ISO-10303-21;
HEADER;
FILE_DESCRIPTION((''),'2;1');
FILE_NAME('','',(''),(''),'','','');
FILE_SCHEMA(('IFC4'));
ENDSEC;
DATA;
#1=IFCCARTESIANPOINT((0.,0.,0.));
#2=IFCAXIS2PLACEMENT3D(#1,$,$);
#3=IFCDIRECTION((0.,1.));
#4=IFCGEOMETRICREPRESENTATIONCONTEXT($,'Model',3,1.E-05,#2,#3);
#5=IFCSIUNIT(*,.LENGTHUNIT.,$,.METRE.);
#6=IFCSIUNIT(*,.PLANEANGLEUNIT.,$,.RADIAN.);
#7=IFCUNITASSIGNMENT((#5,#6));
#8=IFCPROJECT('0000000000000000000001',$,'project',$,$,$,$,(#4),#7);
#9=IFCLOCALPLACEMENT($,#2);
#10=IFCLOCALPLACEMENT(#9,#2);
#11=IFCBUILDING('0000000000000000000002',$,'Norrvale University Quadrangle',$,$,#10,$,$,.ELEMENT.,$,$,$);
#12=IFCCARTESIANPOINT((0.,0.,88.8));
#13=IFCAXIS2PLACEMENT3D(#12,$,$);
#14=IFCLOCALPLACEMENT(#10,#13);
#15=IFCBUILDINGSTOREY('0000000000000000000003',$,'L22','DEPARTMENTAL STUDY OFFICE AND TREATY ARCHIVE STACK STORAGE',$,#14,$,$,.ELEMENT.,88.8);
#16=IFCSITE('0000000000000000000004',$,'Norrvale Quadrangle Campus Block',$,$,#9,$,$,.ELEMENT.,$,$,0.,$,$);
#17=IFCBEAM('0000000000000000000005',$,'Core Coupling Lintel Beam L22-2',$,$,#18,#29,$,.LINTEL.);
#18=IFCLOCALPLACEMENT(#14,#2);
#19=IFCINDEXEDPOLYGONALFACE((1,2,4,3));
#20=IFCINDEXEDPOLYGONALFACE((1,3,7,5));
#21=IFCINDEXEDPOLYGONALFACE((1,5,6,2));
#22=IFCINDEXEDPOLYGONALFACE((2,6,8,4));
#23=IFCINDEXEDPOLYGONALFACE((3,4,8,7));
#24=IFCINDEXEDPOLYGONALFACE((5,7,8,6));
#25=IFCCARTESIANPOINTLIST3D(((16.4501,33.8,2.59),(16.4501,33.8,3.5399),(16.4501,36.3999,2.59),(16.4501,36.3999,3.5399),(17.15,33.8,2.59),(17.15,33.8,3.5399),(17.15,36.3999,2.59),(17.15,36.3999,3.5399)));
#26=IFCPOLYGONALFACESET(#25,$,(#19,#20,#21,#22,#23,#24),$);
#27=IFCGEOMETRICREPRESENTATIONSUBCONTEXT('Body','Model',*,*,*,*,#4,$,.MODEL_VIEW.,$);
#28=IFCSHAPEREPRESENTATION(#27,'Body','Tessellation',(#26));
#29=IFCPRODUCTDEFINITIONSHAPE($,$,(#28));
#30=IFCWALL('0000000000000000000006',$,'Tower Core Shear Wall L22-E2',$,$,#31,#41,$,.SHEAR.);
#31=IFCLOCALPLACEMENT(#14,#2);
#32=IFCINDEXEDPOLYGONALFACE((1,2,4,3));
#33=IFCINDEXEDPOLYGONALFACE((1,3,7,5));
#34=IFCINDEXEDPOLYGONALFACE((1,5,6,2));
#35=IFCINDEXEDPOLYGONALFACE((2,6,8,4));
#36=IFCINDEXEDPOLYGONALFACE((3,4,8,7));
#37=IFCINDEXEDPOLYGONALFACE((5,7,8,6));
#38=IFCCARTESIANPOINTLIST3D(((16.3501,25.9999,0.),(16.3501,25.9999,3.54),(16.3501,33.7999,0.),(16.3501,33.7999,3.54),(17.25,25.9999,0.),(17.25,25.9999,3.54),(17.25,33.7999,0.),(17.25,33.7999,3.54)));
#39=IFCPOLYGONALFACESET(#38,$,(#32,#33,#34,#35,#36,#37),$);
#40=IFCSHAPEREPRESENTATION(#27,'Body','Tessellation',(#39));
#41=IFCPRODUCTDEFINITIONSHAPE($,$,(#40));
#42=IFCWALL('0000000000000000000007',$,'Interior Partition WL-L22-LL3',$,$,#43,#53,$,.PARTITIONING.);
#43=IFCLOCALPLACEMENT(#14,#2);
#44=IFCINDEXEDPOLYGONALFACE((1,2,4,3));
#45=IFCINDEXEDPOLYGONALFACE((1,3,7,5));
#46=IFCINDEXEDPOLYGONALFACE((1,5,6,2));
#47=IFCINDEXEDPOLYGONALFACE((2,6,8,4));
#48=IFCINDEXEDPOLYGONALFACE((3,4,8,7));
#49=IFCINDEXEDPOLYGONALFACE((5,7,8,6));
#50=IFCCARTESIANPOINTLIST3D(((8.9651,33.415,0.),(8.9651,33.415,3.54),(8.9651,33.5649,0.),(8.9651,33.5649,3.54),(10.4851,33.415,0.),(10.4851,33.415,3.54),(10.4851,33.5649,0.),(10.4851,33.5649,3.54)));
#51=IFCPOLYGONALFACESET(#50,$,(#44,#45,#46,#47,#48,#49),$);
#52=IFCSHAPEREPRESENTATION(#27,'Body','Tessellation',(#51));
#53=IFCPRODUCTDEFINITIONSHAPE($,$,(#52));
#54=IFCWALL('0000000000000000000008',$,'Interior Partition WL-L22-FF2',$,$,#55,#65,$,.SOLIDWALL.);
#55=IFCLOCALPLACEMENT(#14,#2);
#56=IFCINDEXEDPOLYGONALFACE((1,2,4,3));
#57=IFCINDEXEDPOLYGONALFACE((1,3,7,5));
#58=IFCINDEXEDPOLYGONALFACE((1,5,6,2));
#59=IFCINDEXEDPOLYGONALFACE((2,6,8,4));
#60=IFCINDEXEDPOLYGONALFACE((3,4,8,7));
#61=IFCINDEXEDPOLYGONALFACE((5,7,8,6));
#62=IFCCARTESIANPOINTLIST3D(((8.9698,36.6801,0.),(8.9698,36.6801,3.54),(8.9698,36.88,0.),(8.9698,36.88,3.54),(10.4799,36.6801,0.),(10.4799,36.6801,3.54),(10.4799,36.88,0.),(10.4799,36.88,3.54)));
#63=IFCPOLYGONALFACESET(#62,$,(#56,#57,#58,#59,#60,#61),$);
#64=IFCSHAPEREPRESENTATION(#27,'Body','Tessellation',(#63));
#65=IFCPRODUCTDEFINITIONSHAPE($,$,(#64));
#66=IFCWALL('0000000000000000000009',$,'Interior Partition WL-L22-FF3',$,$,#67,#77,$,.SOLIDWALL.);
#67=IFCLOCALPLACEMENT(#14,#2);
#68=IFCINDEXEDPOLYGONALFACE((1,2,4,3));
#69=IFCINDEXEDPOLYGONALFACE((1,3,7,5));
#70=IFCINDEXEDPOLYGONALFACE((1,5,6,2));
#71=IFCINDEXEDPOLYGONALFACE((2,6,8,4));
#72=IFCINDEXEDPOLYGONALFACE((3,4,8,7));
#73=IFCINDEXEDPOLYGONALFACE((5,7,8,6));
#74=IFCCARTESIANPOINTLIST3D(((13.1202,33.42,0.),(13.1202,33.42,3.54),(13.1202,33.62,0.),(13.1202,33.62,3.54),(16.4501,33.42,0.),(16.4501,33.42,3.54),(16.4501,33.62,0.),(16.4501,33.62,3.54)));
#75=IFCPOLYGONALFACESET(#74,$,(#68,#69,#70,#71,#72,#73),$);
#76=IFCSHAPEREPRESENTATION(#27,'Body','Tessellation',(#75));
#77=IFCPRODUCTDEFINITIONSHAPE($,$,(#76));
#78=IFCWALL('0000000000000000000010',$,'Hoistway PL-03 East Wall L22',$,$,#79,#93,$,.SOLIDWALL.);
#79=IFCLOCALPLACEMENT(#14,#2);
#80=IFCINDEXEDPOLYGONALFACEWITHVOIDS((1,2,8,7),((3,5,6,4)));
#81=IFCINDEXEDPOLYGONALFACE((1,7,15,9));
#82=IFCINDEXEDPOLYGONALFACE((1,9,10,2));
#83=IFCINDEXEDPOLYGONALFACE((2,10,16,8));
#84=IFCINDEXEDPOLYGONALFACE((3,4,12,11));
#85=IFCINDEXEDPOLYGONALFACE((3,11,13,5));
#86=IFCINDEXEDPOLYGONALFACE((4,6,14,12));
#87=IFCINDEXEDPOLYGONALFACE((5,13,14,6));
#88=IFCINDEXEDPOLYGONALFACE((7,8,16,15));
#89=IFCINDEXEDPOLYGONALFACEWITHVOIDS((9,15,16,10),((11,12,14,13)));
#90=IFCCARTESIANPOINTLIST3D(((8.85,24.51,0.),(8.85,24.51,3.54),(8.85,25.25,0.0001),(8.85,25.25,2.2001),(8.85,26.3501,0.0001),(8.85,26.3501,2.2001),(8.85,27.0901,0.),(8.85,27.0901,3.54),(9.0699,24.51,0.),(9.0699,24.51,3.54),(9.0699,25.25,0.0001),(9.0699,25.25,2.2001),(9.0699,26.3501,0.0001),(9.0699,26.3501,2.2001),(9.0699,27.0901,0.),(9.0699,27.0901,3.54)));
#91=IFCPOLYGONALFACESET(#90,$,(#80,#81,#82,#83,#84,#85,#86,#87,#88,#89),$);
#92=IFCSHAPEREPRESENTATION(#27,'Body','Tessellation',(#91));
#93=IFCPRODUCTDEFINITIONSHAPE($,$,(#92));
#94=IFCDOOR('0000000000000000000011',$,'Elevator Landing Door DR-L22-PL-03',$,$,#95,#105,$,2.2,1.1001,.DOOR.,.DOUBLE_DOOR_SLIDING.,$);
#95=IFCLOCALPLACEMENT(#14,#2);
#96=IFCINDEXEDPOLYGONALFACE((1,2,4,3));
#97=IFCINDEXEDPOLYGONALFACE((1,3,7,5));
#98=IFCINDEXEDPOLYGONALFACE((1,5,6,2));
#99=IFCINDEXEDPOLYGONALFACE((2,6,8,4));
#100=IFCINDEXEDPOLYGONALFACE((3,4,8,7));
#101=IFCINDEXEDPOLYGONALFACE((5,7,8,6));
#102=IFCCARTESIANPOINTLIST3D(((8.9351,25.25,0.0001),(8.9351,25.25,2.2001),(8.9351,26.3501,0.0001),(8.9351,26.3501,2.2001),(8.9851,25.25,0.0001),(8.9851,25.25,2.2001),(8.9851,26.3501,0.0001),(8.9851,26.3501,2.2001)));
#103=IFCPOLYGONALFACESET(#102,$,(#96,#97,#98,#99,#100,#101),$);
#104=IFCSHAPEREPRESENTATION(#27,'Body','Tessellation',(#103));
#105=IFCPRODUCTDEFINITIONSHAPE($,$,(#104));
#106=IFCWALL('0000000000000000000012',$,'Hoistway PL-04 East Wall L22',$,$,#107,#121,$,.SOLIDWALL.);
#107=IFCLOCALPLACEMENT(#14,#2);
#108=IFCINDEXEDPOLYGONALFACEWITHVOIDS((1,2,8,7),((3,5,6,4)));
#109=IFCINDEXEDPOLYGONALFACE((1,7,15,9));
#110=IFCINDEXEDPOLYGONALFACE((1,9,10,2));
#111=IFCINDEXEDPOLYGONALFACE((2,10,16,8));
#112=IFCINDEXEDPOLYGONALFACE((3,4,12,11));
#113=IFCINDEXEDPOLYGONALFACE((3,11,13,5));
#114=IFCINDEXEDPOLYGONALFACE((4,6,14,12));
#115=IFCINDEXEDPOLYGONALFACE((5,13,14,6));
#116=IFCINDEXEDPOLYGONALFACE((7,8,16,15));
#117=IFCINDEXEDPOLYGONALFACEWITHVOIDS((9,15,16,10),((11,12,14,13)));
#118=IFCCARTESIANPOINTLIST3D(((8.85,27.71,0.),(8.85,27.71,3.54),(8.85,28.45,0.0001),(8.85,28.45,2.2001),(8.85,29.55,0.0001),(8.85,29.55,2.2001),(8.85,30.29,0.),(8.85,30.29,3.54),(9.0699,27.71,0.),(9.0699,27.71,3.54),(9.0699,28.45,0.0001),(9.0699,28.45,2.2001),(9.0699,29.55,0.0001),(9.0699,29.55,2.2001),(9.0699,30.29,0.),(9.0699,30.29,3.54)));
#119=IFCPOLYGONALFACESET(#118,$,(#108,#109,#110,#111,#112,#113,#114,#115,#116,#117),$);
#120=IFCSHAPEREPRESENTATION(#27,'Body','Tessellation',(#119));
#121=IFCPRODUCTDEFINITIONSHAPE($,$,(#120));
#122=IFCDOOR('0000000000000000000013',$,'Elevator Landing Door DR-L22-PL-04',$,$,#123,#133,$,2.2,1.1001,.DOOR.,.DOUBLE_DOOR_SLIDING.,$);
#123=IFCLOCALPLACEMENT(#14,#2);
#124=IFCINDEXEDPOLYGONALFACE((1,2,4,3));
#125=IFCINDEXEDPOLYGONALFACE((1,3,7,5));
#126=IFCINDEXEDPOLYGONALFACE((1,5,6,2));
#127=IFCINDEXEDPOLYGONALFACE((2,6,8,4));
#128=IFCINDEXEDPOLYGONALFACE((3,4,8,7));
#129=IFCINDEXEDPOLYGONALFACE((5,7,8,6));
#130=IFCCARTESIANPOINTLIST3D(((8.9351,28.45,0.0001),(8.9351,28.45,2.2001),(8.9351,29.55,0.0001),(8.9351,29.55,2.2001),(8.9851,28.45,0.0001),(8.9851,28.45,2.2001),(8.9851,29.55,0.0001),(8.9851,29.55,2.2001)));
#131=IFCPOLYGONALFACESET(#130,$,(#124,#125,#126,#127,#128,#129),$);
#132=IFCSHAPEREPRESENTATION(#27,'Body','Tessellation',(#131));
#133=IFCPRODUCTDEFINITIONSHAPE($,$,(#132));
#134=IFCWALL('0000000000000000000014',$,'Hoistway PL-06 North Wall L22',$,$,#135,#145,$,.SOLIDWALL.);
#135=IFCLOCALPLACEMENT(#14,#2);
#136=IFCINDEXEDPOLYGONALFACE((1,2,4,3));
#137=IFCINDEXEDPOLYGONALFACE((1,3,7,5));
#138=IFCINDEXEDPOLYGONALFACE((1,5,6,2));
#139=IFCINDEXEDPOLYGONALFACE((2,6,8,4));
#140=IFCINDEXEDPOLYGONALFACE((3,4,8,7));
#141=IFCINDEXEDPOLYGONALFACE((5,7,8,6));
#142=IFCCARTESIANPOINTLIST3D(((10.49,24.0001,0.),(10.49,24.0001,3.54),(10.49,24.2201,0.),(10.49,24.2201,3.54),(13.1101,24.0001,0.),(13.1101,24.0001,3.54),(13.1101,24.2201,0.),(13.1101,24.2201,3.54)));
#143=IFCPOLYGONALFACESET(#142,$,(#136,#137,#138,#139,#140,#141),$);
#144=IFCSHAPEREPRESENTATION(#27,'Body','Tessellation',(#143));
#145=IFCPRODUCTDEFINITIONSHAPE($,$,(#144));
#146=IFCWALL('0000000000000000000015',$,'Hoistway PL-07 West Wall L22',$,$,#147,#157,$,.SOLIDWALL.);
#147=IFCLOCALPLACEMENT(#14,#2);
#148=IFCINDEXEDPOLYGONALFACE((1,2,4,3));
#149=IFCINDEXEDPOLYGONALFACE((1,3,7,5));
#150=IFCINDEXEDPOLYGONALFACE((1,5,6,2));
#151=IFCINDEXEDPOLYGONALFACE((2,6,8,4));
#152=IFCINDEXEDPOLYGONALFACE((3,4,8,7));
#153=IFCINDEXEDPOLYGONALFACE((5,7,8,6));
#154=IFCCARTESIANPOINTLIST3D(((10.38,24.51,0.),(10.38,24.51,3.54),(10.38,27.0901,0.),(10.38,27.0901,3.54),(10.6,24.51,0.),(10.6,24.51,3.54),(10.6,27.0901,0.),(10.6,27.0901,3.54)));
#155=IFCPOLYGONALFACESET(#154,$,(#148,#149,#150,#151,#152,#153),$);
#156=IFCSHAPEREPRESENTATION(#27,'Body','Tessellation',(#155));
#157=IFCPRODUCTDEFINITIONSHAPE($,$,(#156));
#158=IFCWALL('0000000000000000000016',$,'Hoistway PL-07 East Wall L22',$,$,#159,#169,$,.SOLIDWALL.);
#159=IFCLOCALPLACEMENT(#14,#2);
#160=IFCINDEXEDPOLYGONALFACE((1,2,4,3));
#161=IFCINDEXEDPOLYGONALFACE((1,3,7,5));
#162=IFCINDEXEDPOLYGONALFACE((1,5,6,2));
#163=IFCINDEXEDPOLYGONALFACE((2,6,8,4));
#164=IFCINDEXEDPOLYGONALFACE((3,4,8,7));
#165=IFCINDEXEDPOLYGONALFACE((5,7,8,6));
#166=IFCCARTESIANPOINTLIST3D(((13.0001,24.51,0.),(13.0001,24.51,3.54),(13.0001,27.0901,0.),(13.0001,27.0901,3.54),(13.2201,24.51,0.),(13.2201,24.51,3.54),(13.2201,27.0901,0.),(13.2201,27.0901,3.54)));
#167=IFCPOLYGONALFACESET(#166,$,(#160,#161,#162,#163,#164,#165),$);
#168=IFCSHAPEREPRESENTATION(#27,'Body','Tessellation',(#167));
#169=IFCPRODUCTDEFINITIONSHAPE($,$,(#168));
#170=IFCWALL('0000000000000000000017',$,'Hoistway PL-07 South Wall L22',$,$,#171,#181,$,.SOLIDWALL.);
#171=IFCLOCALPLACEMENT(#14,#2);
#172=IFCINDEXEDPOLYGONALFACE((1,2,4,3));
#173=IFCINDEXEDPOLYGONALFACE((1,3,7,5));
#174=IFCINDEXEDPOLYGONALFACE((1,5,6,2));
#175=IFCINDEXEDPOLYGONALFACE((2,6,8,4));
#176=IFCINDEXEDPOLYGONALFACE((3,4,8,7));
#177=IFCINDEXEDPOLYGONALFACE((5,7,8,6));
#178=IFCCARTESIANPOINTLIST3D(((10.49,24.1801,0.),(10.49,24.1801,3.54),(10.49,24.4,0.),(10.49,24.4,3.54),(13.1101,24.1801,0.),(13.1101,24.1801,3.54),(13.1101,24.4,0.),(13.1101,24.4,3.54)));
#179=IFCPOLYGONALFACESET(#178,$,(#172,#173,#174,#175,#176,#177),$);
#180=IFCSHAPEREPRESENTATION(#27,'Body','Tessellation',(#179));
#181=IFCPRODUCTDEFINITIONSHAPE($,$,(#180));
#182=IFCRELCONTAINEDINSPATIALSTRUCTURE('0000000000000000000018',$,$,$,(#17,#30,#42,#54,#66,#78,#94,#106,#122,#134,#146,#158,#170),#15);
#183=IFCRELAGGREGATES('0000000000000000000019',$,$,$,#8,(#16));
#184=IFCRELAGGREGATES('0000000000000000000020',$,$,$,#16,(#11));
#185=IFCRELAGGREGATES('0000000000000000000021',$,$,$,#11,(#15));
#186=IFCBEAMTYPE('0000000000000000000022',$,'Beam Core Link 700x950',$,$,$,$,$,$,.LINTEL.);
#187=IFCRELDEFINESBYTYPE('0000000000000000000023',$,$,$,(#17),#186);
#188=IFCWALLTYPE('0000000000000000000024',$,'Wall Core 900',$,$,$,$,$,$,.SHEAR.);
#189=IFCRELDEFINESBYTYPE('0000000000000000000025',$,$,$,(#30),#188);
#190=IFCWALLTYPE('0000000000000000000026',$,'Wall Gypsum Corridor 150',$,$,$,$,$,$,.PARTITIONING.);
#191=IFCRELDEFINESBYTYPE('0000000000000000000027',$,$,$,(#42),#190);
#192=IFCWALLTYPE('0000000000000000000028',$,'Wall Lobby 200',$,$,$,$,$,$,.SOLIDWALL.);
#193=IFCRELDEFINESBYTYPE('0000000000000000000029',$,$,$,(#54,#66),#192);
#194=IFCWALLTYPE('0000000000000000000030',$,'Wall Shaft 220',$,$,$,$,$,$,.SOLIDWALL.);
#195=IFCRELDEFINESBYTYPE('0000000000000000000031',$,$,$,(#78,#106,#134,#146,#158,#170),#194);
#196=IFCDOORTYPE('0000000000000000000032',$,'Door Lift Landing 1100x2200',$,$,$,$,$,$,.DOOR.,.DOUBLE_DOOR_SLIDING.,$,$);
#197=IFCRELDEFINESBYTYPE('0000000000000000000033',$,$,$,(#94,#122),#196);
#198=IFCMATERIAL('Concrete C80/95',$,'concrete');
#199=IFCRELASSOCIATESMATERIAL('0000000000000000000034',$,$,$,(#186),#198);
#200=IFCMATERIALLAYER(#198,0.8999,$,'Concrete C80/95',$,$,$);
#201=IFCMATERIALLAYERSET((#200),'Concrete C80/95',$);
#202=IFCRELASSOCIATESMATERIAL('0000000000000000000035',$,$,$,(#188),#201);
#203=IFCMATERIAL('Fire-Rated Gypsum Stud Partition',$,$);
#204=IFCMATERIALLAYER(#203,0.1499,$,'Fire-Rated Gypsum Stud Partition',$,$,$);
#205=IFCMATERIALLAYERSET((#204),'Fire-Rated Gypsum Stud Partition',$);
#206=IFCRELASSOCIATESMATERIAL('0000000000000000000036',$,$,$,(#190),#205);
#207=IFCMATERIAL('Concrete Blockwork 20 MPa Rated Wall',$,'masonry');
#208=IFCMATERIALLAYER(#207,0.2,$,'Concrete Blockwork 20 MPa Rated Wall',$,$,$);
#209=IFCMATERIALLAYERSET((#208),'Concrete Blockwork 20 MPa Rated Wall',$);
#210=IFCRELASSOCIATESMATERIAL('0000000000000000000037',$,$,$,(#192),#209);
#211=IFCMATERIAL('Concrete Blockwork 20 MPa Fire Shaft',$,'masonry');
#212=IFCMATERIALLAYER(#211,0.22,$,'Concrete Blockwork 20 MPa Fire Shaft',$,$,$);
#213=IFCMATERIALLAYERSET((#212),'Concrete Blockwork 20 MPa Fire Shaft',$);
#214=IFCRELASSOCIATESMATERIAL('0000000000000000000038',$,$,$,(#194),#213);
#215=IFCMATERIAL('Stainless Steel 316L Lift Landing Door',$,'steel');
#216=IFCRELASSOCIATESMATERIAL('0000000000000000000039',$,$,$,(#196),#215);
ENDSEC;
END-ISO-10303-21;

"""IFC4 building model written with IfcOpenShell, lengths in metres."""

from ifc_helpers import new_model, si_unit, direction, frame, frame_2d, origin, origin_2d, place, context, subcontext, project, spatial, rectangle, extrude, material, layer, layer_set, material_profile, profile_set, type_object, element, fill, save


model = new_model("IFC4")

# Units and contexts
model_context = context("Model", 3, precision=1e-05, world=origin(), true_north=direction((0.0, 1.0)))
body_context = subcontext(model_context, "Body", "Model", "MODEL_VIEW")
ifc_project = project(units=[si_unit("LENGTHUNIT", "METRE"), si_unit("PLANEANGLEUNIT", "RADIAN")], contexts=[model_context])

# Site, building, storey
site_placement = place(None, origin())
site = spatial("IfcSite", under=ifc_project, at=site_placement, Name="Norrvale Quadrangle Campus Block", CompositionType="ELEMENT", RefElevation=0.0)
building_placement = place(site_placement, origin())
building = spatial("IfcBuilding", under=site, at=building_placement, Name="Norrvale University Quadrangle", CompositionType="ELEMENT")
storey_placement = place(building_placement, frame((0.0, 0.0, 88.8)))
storey = spatial("IfcBuildingStorey", under=building, at=storey_placement, Name="L22", Description="DEPARTMENTAL STUDY OFFICE AND TREATY ARCHIVE STACK STORAGE", CompositionType="ELEMENT", Elevation=88.8)

# Beam
ifc_material_1 = material(Name="Concrete C80/95", Category="concrete")
ifc_material_profile = material_profile(ifc_material_1, rectangle(XDim=0.7, YDim=0.95, at=origin_2d()), Name="Concrete C80/95")
ifc_profile_set = profile_set([ifc_material_profile], Name="Concrete C80/95")
beam_type = type_object("IfcBeamType", Name="Beam Core Link 700x950", PredefinedType="LINTEL", material=ifc_profile_set)
beam_placement = place(storey_placement, frame((16.8, 33.8, 3.0649), z_axis=(0.0, 1.0, 0.0), x_axis=(-1.0, 0.0, 0.0)))
element("IfcBeam", 1, at=beam_placement, inside=storey, type_object=beam_type, Name="Core Coupling Lintel Beam L22-2", PredefinedType="LINTEL", context=body_context, shape_type="SweptSolid", body=[
    extrude(rectangle(XDim=0.7, YDim=0.95, at=origin_2d()), origin(), (0.0, 0.0, 1.0), 2.5999),
])

# Wall
ifc_layer_1 = layer(ifc_material_1, 0.8999, Name="Concrete C80/95")
ifc_layer_set_1 = layer_set([ifc_layer_1], Name="Concrete C80/95")
wall_type_1 = type_object("IfcWallType", Name="Wall Core 900", PredefinedType="SHEAR", material=ifc_layer_set_1)
wall_1_placement = place(storey_placement, frame((16.8, 26.0, 0.0), z_axis=(0.0, 0.0, 1.0), x_axis=(0.0, 1.0, 0.0)))
element("IfcWall", 2, at=wall_1_placement, inside=storey, type_object=wall_type_1, Name="Tower Core Shear Wall L22-E2", PredefinedType="SHEAR", context=body_context, shape_type="SweptSolid", body=[
    extrude(rectangle(XDim=7.8, YDim=0.8999, at=frame_2d((3.8999, 0.0))), origin(), (0.0, 0.0, 1.0), 3.54),
])

# Walls
ifc_material_2 = material(Name="Fire-Rated Gypsum Stud Partition")
ifc_layer_2 = layer(ifc_material_2, 0.1499, Name="Fire-Rated Gypsum Stud Partition")
ifc_layer_set_2 = layer_set([ifc_layer_2], Name="Fire-Rated Gypsum Stud Partition")
wall_type_2 = type_object("IfcWallType", Name="Wall Gypsum Corridor 150", PredefinedType="PARTITIONING", material=ifc_layer_set_2)
wall_2_placement = place(storey_placement, frame((8.9651, 33.49, 0.0), z_axis=(0.0, 0.0, 1.0), x_axis=(1.0, 0.0, 0.0)))
element("IfcWall", 3, at=wall_2_placement, inside=storey, type_object=wall_type_2, Name="Interior Partition WL-L22-LL3", PredefinedType="PARTITIONING", context=body_context, shape_type="SweptSolid", body=[
    extrude(rectangle(XDim=1.52, YDim=0.1499, at=frame_2d((0.76, 0.0))), origin(), (0.0, 0.0, 1.0), 3.54),
])
ifc_material_3 = material(Name="Concrete Blockwork 20 MPa Rated Wall", Category="masonry")
ifc_layer_3 = layer(ifc_material_3, 0.2, Name="Concrete Blockwork 20 MPa Rated Wall")
ifc_layer_set_3 = layer_set([ifc_layer_3], Name="Concrete Blockwork 20 MPa Rated Wall")
wall_type_3 = type_object("IfcWallType", Name="Wall Lobby 200", PredefinedType="SOLIDWALL", material=ifc_layer_set_3)
wall_3_placement = place(storey_placement, frame((8.97, 36.78, 0.0), z_axis=(0.0, 0.0, 1.0), x_axis=(1.0, 0.0, 0.0)))
element("IfcWall", 4, at=wall_3_placement, inside=storey, type_object=wall_type_3, Name="Interior Partition WL-L22-FF2", PredefinedType="SOLIDWALL", context=body_context, shape_type="SweptSolid", body=[
    extrude(rectangle(XDim=1.51, YDim=0.2, at=frame_2d((0.7549, 0.0))), origin(), (0.0, 0.0, 1.0), 3.54),
])
wall_4_placement = place(storey_placement, frame((13.1201, 33.52, 0.0), z_axis=(0.0, 0.0, 1.0), x_axis=(1.0, 0.0, 0.0)))
element("IfcWall", 5, at=wall_4_placement, inside=storey, type_object=wall_type_3, Name="Interior Partition WL-L22-FF3", PredefinedType="SOLIDWALL", context=body_context, shape_type="SweptSolid", body=[
    extrude(rectangle(XDim=3.3298, YDim=0.2, at=frame_2d((1.665, 0.0))), origin(), (0.0, 0.0, 1.0), 3.54),
])

# Walls, openings, doors
ifc_material_4 = material(Name="Concrete Blockwork 20 MPa Fire Shaft", Category="masonry")
ifc_layer_4 = layer(ifc_material_4, 0.22, Name="Concrete Blockwork 20 MPa Fire Shaft")
ifc_layer_set_4 = layer_set([ifc_layer_4], Name="Concrete Blockwork 20 MPa Fire Shaft")
wall_type_4 = type_object("IfcWallType", Name="Wall Shaft 220", PredefinedType="SOLIDWALL", material=ifc_layer_set_4)
wall_5_placement = place(storey_placement, frame((8.96, 24.51, 0.0), z_axis=(0.0, 0.0, 1.0), x_axis=(0.0, 1.0, 0.0)))
wall_5 = element("IfcWall", 6, at=wall_5_placement, inside=storey, type_object=wall_type_4, Name="Hoistway PL-03 East Wall L22", PredefinedType="SOLIDWALL", context=body_context, shape_type="SweptSolid", body=[
    extrude(rectangle(XDim=2.5801, YDim=0.22, at=frame_2d((1.29, 0.0))), origin(), (0.0, 0.0, 1.0), 3.54),
])
opening_1_placement = place(wall_5_placement, frame((0.74, 0.0, 0.0)))
opening_1 = element("IfcOpeningElement", 7, at=opening_1_placement, cuts=wall_5, PredefinedType="OPENING", context=body_context, shape_type="SweptSolid", body=[
    extrude(rectangle(XDim=1.1001, YDim=2.2, at=frame_2d((0.55, 1.1001))), frame((0.0, 0.1221, 0.0), z_axis=(0.0, -1.0, 0.0), x_axis=(1.0, 0.0, 0.0)), (0.0, 0.0, 1.0), 0.2439),
])
ifc_material_5 = material(Name="Stainless Steel 316L Lift Landing Door", Category="steel")
door_type_1 = type_object("IfcDoorType", Name="Door Lift Landing 1100x2200", OperationType="DOUBLE_DOOR_SLIDING", PredefinedType="DOOR", material=ifc_material_5)
door_1_placement = place(opening_1_placement, origin())
door_1 = element("IfcDoor", 8, at=door_1_placement, inside=storey, type_object=door_type_1, Name="Elevator Landing Door DR-L22-PL-03", OperationType="DOUBLE_DOOR_SLIDING", OverallHeight=2.2, OverallWidth=1.1001, PredefinedType="DOOR", context=body_context, shape_type="SweptSolid", body=[
    extrude(rectangle(XDim=1.1001, YDim=2.2, at=frame_2d((0.55, 1.1001))), frame((0.0, 0.0249, 0.0), z_axis=(0.0, -1.0, 0.0), x_axis=(1.0, 0.0, 0.0)), (0.0, 0.0, 1.0), 0.05),
])
fill(opening_1, door_1)
wall_6_placement = place(storey_placement, frame((8.96, 27.71, 0.0), z_axis=(0.0, 0.0, 1.0), x_axis=(0.0, 1.0, 0.0)))
wall_6 = element("IfcWall", 9, at=wall_6_placement, inside=storey, type_object=wall_type_4, Name="Hoistway PL-04 East Wall L22", PredefinedType="SOLIDWALL", context=body_context, shape_type="SweptSolid", body=[
    extrude(rectangle(XDim=2.5801, YDim=0.22, at=frame_2d((1.29, 0.0))), origin(), (0.0, 0.0, 1.0), 3.54),
])
opening_2_placement = place(wall_6_placement, frame((0.74, 0.0, 0.0)))
opening_2 = element("IfcOpeningElement", 10, at=opening_2_placement, cuts=wall_6, PredefinedType="OPENING", context=body_context, shape_type="SweptSolid", body=[
    extrude(rectangle(XDim=1.1001, YDim=2.2, at=frame_2d((0.55, 1.1001))), frame((0.0, 0.1221, 0.0), z_axis=(0.0, -1.0, 0.0), x_axis=(1.0, 0.0, 0.0)), (0.0, 0.0, 1.0), 0.2439),
])
door_2_placement = place(opening_2_placement, origin())
door_2 = element("IfcDoor", 11, at=door_2_placement, inside=storey, type_object=door_type_1, Name="Elevator Landing Door DR-L22-PL-04", OperationType="DOUBLE_DOOR_SLIDING", OverallHeight=2.2, OverallWidth=1.1001, PredefinedType="DOOR", context=body_context, shape_type="SweptSolid", body=[
    extrude(rectangle(XDim=1.1001, YDim=2.2, at=frame_2d((0.55, 1.1001))), frame((0.0, 0.0249, 0.0), z_axis=(0.0, -1.0, 0.0), x_axis=(1.0, 0.0, 0.0)), (0.0, 0.0, 1.0), 0.05),
])
fill(opening_2, door_2)

# Walls
wall_7_placement = place(storey_placement, frame((10.49, 24.1101, 0.0), z_axis=(0.0, 0.0, 1.0), x_axis=(1.0, 0.0, 0.0)))
element("IfcWall", 12, at=wall_7_placement, inside=storey, type_object=wall_type_4, Name="Hoistway PL-06 North Wall L22", PredefinedType="SOLIDWALL", context=body_context, shape_type="SweptSolid", body=[
    extrude(rectangle(XDim=2.6201, YDim=0.22, at=frame_2d((1.3101, 0.0))), origin(), (0.0, 0.0, 1.0), 3.54),
])
for number, where, z_axis, x_axis, name in (
    (13, (10.49, 24.51, 0.0), (0.0, 0.0, 1.0), (0.0, 1.0, 0.0), "Hoistway PL-07 West Wall L22"),
    (14, (13.1101, 24.51, 0.0), (0.0, 0.0, 1.0), (0.0, 1.0, 0.0), "Hoistway PL-07 East Wall L22"),
):
    element("IfcWall", number, at=place(storey_placement, frame(where, z_axis=z_axis, x_axis=x_axis)), inside=storey, type_object=wall_type_4, Name=name, PredefinedType="SOLIDWALL", context=body_context, shape_type="SweptSolid", body=[
        extrude(rectangle(XDim=2.5801, YDim=0.22, at=frame_2d((1.29, 0.0))), origin(), (0.0, 0.0, 1.0), 3.54),
    ])
for number, where, z_axis, x_axis, name in (
    (15, (10.49, 24.29, 0.0), (0.0, 0.0, 1.0), (1.0, 0.0, 0.0), "Hoistway PL-07 South Wall L22"),
):
    element("IfcWall", number, at=place(storey_placement, frame(where, z_axis=z_axis, x_axis=x_axis)), inside=storey, type_object=wall_type_4, Name=name, PredefinedType="SOLIDWALL", context=body_context, shape_type="SweptSolid", body=[
        extrude(rectangle(XDim=2.6201, YDim=0.22, at=frame_2d((1.3101, 0.0))), origin(), (0.0, 0.0, 1.0), 3.54),
    ])

save(model, "model.ifc")
